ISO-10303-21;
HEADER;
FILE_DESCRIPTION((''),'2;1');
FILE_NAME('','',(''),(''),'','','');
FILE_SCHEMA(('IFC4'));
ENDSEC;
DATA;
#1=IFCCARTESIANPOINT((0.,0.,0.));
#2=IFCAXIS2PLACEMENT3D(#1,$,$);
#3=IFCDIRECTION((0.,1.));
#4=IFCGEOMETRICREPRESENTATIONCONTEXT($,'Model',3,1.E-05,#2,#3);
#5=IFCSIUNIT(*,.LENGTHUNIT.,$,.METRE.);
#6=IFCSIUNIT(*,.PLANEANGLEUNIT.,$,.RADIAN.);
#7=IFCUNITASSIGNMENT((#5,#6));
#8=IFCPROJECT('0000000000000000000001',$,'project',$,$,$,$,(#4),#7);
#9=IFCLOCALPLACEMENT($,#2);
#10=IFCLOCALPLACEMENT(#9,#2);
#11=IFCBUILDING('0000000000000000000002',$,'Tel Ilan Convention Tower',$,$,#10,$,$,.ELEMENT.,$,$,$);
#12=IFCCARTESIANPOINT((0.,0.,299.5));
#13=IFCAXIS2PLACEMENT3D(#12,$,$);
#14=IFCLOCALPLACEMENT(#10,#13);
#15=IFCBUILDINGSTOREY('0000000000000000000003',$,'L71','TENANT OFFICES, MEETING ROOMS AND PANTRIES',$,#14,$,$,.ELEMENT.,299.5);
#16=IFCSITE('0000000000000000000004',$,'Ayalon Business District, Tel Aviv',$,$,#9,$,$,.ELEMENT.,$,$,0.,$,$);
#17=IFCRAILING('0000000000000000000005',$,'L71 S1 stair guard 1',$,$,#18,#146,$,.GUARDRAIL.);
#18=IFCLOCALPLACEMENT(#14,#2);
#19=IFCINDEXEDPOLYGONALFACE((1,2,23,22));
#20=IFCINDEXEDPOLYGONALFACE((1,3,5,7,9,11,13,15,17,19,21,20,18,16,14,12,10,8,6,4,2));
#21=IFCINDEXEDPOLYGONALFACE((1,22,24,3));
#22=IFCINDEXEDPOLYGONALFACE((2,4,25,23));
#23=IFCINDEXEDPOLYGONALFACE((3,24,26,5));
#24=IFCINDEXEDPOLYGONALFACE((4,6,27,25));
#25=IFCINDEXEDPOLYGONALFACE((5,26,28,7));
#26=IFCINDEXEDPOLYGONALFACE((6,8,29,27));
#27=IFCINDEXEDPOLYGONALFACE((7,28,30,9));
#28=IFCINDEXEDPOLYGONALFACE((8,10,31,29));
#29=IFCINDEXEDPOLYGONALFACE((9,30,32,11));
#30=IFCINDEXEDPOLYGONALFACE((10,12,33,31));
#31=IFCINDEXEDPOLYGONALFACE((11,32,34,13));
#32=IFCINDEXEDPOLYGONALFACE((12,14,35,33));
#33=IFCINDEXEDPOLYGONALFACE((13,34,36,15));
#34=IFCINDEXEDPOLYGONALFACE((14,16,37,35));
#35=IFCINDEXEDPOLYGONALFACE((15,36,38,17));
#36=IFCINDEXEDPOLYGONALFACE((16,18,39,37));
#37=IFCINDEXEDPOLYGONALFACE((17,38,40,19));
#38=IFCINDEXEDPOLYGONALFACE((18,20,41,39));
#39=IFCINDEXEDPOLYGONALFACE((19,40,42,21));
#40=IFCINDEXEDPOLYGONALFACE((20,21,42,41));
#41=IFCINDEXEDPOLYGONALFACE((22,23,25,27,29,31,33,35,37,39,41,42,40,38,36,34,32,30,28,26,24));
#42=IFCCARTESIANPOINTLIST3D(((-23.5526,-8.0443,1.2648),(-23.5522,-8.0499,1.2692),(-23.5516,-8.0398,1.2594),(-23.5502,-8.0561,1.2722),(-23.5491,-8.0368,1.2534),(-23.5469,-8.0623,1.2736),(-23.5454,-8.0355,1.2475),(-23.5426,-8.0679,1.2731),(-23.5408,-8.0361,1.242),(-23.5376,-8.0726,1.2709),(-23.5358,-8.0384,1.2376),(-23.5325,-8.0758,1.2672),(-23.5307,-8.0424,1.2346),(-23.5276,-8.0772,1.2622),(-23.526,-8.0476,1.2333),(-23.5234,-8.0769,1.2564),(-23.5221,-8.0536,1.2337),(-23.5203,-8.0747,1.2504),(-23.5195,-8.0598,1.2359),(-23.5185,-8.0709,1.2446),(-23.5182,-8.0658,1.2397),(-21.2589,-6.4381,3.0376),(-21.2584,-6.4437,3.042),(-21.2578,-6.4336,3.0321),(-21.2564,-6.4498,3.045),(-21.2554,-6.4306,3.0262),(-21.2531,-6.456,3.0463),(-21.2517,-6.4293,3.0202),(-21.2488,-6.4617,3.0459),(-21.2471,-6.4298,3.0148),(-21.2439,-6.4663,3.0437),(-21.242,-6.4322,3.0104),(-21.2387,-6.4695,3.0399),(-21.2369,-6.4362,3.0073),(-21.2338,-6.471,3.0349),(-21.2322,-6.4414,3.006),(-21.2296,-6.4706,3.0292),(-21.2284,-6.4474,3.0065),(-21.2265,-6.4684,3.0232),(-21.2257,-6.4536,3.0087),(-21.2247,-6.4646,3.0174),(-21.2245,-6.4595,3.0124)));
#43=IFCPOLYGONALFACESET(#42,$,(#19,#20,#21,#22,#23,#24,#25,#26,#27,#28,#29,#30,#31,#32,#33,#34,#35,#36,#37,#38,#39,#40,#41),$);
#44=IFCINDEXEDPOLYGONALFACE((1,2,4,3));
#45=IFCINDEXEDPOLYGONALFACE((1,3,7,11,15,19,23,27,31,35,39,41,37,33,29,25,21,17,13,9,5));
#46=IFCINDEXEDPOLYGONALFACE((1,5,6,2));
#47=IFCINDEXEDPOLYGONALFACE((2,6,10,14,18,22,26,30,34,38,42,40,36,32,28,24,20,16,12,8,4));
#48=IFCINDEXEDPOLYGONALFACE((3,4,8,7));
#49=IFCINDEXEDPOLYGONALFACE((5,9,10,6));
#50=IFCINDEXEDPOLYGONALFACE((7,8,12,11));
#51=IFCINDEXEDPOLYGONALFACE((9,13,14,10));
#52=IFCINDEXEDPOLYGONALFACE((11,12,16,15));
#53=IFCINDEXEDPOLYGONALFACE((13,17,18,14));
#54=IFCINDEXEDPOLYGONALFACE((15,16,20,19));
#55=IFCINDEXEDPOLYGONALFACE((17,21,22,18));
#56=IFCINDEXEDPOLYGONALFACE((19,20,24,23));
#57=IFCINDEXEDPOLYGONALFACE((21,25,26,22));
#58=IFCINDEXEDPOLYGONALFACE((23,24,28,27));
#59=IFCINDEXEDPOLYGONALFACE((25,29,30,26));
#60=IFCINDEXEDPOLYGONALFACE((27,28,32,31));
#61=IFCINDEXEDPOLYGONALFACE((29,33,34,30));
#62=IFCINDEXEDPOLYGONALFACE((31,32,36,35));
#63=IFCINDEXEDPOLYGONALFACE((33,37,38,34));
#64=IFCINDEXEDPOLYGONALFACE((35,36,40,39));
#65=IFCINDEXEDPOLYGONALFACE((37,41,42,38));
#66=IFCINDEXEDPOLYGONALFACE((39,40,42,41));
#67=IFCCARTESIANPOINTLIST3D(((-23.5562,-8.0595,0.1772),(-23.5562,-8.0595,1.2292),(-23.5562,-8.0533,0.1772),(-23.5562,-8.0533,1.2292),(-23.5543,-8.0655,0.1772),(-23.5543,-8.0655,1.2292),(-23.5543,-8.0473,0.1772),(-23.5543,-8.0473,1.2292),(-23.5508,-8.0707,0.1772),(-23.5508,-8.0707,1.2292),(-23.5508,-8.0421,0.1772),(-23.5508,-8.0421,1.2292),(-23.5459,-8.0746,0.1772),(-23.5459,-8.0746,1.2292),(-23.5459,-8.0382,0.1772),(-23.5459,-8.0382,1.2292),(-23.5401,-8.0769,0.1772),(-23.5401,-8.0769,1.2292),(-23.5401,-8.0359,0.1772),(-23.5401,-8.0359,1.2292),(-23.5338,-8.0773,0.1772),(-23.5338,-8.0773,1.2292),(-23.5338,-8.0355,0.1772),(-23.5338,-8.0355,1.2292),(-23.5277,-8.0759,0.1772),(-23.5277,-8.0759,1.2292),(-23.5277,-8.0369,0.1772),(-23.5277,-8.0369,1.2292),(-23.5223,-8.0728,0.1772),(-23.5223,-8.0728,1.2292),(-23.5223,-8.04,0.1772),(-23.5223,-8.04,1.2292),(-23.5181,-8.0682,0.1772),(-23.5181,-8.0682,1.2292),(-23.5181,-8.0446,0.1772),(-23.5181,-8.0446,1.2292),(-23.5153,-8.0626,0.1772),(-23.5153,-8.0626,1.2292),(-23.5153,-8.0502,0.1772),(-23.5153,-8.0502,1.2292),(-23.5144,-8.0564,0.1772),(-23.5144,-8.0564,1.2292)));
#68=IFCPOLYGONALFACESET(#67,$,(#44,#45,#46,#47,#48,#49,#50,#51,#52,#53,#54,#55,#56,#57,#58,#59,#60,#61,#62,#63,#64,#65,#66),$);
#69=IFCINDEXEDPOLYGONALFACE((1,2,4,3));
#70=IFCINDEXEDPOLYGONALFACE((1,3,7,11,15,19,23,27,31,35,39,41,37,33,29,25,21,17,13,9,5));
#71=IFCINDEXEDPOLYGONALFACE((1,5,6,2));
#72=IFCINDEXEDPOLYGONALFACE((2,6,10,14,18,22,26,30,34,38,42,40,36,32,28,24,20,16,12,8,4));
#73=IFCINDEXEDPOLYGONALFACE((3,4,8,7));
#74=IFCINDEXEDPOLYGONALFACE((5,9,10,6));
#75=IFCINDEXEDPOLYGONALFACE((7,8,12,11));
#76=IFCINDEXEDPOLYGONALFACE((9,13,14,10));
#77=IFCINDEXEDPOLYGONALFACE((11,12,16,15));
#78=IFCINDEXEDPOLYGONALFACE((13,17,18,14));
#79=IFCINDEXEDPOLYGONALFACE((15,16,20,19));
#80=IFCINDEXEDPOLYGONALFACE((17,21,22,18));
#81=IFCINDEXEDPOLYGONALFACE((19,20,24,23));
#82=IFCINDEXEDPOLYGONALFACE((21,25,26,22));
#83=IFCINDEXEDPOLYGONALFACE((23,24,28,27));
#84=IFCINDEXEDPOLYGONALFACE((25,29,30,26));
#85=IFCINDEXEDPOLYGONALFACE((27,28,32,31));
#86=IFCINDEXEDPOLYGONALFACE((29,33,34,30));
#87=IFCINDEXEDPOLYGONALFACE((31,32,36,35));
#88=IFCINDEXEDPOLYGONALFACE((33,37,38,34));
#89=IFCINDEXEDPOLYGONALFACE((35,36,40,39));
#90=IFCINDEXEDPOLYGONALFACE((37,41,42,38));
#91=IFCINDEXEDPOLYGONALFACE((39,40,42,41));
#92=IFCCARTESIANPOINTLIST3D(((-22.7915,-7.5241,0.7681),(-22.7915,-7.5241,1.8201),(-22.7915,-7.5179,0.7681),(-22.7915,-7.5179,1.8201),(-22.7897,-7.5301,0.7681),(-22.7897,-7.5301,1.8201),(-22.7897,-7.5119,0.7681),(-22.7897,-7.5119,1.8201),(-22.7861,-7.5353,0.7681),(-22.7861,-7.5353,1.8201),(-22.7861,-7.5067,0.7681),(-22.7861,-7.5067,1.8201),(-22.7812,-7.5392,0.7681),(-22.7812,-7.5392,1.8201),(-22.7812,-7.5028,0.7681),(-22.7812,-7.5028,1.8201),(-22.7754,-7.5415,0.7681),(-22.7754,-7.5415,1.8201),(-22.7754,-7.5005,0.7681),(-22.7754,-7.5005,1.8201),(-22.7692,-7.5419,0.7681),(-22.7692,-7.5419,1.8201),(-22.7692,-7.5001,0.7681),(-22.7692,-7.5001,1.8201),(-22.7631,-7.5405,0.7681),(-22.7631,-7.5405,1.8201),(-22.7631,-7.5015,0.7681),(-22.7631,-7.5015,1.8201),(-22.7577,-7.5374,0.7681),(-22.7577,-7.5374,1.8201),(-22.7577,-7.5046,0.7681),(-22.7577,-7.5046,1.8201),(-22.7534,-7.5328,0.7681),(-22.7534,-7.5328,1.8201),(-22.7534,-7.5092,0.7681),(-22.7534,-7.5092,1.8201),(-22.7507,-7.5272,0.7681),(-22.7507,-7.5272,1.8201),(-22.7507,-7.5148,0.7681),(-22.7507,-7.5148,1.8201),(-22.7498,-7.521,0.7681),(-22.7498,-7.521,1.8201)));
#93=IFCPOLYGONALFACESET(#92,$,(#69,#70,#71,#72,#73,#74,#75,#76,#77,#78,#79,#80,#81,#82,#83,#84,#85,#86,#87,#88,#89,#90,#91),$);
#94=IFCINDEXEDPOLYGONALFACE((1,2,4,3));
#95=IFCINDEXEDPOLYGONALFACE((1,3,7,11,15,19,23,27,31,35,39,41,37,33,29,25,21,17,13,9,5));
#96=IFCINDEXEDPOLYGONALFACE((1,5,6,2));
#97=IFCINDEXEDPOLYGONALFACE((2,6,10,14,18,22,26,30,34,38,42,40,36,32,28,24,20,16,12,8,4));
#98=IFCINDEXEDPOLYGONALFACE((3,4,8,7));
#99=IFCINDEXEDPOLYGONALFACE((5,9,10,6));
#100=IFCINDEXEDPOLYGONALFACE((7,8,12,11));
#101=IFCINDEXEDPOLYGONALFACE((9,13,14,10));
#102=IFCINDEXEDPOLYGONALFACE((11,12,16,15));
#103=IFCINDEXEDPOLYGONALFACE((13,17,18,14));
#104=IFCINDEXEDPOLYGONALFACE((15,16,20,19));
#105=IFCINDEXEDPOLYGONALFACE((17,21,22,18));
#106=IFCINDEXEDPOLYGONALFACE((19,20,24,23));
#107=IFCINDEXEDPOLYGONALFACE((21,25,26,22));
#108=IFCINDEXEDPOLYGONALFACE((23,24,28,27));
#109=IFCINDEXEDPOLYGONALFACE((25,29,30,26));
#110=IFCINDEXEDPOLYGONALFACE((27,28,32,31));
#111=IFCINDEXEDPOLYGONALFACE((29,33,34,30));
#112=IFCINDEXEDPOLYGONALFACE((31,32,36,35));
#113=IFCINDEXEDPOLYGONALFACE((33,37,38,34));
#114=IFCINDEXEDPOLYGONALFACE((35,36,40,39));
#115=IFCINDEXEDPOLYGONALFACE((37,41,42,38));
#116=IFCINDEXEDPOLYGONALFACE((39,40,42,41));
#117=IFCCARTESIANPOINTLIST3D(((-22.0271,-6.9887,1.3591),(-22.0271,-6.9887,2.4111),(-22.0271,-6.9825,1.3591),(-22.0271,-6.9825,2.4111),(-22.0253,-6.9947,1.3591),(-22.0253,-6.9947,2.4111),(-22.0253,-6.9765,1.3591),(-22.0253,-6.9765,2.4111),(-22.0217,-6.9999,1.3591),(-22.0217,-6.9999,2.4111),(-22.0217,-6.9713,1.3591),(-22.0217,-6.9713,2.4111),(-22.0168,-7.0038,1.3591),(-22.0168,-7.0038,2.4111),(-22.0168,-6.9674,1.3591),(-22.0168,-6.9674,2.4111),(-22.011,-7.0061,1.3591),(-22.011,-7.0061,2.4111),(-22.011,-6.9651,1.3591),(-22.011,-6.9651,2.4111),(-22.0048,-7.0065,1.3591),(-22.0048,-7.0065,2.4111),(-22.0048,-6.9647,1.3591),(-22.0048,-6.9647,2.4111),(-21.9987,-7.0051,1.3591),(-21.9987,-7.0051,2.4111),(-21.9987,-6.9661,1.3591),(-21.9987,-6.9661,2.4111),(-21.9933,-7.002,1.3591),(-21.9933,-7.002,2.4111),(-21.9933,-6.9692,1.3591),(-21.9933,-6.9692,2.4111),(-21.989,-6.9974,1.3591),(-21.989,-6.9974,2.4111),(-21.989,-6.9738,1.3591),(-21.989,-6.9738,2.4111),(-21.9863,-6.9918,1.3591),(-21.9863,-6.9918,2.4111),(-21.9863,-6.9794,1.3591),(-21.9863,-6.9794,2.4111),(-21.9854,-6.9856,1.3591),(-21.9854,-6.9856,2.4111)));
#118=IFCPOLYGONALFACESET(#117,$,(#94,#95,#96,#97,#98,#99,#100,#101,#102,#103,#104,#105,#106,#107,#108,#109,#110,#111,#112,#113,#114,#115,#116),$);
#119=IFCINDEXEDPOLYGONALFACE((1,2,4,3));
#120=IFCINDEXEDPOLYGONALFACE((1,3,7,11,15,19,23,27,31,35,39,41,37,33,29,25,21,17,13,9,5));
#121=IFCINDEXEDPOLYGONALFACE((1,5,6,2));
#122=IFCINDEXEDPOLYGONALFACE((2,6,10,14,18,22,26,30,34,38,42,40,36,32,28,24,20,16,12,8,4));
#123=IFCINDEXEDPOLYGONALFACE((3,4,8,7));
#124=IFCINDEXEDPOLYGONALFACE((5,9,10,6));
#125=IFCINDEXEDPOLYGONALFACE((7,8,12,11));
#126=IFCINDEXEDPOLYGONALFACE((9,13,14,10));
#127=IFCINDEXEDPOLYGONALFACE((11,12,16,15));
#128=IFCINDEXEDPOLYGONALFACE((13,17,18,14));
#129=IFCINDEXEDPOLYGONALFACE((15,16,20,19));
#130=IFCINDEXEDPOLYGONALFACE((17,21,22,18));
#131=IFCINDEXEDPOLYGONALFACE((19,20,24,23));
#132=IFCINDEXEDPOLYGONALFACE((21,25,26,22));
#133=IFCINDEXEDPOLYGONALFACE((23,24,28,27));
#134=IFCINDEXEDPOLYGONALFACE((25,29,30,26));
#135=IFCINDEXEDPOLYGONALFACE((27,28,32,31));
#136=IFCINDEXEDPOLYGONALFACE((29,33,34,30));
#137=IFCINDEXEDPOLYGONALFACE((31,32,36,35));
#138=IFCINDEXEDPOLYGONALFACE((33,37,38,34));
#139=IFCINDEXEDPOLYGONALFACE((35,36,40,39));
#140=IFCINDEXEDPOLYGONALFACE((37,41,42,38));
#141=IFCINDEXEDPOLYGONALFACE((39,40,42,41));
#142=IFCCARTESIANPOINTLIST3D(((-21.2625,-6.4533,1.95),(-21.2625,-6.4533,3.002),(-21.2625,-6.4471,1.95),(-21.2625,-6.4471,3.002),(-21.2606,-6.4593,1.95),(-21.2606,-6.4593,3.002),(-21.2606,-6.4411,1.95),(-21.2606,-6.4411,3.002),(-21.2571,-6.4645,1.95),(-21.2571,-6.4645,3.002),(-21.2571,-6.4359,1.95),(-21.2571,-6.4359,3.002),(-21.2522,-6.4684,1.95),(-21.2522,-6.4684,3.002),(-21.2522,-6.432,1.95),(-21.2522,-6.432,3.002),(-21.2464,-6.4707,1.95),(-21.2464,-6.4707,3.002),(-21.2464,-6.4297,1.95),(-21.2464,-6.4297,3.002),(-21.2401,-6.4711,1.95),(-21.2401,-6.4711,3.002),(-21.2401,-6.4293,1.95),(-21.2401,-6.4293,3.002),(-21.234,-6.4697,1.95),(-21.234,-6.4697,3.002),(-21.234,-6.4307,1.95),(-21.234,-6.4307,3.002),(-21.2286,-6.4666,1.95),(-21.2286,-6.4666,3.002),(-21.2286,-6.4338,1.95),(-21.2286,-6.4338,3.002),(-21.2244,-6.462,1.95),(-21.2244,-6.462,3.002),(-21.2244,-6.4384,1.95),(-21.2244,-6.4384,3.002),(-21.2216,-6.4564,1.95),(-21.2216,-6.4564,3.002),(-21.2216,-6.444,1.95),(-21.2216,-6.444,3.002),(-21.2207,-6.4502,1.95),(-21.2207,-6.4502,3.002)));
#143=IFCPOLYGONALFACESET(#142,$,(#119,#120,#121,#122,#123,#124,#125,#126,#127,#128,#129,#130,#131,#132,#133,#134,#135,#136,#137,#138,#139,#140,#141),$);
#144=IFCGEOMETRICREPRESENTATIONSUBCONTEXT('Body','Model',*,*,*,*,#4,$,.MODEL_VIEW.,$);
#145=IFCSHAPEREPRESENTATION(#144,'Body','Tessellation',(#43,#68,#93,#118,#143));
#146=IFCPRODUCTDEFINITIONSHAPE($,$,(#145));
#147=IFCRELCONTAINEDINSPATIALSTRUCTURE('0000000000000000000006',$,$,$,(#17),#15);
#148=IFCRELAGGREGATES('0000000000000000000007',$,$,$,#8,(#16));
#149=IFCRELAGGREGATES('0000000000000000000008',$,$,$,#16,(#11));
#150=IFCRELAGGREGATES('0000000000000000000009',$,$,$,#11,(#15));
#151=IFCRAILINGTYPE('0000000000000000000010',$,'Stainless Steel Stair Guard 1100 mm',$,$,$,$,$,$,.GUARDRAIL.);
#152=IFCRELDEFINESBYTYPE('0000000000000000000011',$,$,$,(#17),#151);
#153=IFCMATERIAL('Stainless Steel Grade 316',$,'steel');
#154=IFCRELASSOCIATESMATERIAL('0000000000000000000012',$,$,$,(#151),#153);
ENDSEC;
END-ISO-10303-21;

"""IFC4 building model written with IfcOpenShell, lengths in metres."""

from ifc_helpers import new_model, si_unit, direction, frame, origin, origin_2d, place, context, subcontext, project, spatial, circle, extrude, material, type_object, element, save


model = new_model("IFC4")

# Units and contexts
model_context = context("Model", 3, precision=1e-05, world=origin(), true_north=direction((0.0, 1.0)))
body_context = subcontext(model_context, "Body", "Model", "MODEL_VIEW")
ifc_project = project(units=[si_unit("LENGTHUNIT", "METRE"), si_unit("PLANEANGLEUNIT", "RADIAN")], contexts=[model_context])

# Site, building, storey
site_placement = place(None, origin())
site = spatial("IfcSite", under=ifc_project, at=site_placement, Name="Ayalon Business District, Tel Aviv", CompositionType="ELEMENT", RefElevation=0.0)
building_placement = place(site_placement, origin())
building = spatial("IfcBuilding", under=site, at=building_placement, Name="Tel Ilan Convention Tower", CompositionType="ELEMENT")
storey_placement = place(building_placement, frame((0.0, 0.0, 299.5)))
storey = spatial("IfcBuildingStorey", under=building, at=storey_placement, Name="L71", Description="TENANT OFFICES, MEETING ROOMS AND PANTRIES", CompositionType="ELEMENT", Elevation=299.5)

# Railing
ifc_material_1 = material(Name="Stainless Steel Grade 316", Category="steel")
railing_type_1 = type_object("IfcRailingType", Name="Stainless Steel Stair Guard 1100 mm", PredefinedType="GUARDRAIL", material=ifc_material_1)
railing_1_placement = place(storey_placement, frame((-23.5354, -8.0564, 0.1772)))
element("IfcRailing", 1, at=railing_1_placement, inside=storey, type_object=railing_type_1, Name="L71 S1 stair guard 1", PredefinedType="GUARDRAIL", context=body_context, shape_type="SweptSolid", body=[
    extrude(circle(Radius=0.0239, at=origin_2d()), frame((0.0, 0.0, 1.0762), z_axis=(0.692098, 0.484653, 0.534894), x_axis=(-0.573609, 0.81913, 0.0)), (0.0, 0.0, 1.0), 3.3142),
    extrude(circle(Radius=0.021, at=origin_2d()), origin(), (0.0, 0.0, 1.0), 1.052),
    extrude(circle(Radius=0.021, at=origin_2d()), frame((0.7646, 0.5354, 0.5908)), (0.0, 0.0, 1.0), 1.052),
    extrude(circle(Radius=0.021, at=origin_2d()), frame((1.5291, 1.0708, 1.1819)), (0.0, 0.0, 1.0), 1.052),
    extrude(circle(Radius=0.021, at=origin_2d()), frame((2.2937, 1.6062, 1.7727)), (0.0, 0.0, 1.0), 1.052),
])

save(model, "model.ifc")
